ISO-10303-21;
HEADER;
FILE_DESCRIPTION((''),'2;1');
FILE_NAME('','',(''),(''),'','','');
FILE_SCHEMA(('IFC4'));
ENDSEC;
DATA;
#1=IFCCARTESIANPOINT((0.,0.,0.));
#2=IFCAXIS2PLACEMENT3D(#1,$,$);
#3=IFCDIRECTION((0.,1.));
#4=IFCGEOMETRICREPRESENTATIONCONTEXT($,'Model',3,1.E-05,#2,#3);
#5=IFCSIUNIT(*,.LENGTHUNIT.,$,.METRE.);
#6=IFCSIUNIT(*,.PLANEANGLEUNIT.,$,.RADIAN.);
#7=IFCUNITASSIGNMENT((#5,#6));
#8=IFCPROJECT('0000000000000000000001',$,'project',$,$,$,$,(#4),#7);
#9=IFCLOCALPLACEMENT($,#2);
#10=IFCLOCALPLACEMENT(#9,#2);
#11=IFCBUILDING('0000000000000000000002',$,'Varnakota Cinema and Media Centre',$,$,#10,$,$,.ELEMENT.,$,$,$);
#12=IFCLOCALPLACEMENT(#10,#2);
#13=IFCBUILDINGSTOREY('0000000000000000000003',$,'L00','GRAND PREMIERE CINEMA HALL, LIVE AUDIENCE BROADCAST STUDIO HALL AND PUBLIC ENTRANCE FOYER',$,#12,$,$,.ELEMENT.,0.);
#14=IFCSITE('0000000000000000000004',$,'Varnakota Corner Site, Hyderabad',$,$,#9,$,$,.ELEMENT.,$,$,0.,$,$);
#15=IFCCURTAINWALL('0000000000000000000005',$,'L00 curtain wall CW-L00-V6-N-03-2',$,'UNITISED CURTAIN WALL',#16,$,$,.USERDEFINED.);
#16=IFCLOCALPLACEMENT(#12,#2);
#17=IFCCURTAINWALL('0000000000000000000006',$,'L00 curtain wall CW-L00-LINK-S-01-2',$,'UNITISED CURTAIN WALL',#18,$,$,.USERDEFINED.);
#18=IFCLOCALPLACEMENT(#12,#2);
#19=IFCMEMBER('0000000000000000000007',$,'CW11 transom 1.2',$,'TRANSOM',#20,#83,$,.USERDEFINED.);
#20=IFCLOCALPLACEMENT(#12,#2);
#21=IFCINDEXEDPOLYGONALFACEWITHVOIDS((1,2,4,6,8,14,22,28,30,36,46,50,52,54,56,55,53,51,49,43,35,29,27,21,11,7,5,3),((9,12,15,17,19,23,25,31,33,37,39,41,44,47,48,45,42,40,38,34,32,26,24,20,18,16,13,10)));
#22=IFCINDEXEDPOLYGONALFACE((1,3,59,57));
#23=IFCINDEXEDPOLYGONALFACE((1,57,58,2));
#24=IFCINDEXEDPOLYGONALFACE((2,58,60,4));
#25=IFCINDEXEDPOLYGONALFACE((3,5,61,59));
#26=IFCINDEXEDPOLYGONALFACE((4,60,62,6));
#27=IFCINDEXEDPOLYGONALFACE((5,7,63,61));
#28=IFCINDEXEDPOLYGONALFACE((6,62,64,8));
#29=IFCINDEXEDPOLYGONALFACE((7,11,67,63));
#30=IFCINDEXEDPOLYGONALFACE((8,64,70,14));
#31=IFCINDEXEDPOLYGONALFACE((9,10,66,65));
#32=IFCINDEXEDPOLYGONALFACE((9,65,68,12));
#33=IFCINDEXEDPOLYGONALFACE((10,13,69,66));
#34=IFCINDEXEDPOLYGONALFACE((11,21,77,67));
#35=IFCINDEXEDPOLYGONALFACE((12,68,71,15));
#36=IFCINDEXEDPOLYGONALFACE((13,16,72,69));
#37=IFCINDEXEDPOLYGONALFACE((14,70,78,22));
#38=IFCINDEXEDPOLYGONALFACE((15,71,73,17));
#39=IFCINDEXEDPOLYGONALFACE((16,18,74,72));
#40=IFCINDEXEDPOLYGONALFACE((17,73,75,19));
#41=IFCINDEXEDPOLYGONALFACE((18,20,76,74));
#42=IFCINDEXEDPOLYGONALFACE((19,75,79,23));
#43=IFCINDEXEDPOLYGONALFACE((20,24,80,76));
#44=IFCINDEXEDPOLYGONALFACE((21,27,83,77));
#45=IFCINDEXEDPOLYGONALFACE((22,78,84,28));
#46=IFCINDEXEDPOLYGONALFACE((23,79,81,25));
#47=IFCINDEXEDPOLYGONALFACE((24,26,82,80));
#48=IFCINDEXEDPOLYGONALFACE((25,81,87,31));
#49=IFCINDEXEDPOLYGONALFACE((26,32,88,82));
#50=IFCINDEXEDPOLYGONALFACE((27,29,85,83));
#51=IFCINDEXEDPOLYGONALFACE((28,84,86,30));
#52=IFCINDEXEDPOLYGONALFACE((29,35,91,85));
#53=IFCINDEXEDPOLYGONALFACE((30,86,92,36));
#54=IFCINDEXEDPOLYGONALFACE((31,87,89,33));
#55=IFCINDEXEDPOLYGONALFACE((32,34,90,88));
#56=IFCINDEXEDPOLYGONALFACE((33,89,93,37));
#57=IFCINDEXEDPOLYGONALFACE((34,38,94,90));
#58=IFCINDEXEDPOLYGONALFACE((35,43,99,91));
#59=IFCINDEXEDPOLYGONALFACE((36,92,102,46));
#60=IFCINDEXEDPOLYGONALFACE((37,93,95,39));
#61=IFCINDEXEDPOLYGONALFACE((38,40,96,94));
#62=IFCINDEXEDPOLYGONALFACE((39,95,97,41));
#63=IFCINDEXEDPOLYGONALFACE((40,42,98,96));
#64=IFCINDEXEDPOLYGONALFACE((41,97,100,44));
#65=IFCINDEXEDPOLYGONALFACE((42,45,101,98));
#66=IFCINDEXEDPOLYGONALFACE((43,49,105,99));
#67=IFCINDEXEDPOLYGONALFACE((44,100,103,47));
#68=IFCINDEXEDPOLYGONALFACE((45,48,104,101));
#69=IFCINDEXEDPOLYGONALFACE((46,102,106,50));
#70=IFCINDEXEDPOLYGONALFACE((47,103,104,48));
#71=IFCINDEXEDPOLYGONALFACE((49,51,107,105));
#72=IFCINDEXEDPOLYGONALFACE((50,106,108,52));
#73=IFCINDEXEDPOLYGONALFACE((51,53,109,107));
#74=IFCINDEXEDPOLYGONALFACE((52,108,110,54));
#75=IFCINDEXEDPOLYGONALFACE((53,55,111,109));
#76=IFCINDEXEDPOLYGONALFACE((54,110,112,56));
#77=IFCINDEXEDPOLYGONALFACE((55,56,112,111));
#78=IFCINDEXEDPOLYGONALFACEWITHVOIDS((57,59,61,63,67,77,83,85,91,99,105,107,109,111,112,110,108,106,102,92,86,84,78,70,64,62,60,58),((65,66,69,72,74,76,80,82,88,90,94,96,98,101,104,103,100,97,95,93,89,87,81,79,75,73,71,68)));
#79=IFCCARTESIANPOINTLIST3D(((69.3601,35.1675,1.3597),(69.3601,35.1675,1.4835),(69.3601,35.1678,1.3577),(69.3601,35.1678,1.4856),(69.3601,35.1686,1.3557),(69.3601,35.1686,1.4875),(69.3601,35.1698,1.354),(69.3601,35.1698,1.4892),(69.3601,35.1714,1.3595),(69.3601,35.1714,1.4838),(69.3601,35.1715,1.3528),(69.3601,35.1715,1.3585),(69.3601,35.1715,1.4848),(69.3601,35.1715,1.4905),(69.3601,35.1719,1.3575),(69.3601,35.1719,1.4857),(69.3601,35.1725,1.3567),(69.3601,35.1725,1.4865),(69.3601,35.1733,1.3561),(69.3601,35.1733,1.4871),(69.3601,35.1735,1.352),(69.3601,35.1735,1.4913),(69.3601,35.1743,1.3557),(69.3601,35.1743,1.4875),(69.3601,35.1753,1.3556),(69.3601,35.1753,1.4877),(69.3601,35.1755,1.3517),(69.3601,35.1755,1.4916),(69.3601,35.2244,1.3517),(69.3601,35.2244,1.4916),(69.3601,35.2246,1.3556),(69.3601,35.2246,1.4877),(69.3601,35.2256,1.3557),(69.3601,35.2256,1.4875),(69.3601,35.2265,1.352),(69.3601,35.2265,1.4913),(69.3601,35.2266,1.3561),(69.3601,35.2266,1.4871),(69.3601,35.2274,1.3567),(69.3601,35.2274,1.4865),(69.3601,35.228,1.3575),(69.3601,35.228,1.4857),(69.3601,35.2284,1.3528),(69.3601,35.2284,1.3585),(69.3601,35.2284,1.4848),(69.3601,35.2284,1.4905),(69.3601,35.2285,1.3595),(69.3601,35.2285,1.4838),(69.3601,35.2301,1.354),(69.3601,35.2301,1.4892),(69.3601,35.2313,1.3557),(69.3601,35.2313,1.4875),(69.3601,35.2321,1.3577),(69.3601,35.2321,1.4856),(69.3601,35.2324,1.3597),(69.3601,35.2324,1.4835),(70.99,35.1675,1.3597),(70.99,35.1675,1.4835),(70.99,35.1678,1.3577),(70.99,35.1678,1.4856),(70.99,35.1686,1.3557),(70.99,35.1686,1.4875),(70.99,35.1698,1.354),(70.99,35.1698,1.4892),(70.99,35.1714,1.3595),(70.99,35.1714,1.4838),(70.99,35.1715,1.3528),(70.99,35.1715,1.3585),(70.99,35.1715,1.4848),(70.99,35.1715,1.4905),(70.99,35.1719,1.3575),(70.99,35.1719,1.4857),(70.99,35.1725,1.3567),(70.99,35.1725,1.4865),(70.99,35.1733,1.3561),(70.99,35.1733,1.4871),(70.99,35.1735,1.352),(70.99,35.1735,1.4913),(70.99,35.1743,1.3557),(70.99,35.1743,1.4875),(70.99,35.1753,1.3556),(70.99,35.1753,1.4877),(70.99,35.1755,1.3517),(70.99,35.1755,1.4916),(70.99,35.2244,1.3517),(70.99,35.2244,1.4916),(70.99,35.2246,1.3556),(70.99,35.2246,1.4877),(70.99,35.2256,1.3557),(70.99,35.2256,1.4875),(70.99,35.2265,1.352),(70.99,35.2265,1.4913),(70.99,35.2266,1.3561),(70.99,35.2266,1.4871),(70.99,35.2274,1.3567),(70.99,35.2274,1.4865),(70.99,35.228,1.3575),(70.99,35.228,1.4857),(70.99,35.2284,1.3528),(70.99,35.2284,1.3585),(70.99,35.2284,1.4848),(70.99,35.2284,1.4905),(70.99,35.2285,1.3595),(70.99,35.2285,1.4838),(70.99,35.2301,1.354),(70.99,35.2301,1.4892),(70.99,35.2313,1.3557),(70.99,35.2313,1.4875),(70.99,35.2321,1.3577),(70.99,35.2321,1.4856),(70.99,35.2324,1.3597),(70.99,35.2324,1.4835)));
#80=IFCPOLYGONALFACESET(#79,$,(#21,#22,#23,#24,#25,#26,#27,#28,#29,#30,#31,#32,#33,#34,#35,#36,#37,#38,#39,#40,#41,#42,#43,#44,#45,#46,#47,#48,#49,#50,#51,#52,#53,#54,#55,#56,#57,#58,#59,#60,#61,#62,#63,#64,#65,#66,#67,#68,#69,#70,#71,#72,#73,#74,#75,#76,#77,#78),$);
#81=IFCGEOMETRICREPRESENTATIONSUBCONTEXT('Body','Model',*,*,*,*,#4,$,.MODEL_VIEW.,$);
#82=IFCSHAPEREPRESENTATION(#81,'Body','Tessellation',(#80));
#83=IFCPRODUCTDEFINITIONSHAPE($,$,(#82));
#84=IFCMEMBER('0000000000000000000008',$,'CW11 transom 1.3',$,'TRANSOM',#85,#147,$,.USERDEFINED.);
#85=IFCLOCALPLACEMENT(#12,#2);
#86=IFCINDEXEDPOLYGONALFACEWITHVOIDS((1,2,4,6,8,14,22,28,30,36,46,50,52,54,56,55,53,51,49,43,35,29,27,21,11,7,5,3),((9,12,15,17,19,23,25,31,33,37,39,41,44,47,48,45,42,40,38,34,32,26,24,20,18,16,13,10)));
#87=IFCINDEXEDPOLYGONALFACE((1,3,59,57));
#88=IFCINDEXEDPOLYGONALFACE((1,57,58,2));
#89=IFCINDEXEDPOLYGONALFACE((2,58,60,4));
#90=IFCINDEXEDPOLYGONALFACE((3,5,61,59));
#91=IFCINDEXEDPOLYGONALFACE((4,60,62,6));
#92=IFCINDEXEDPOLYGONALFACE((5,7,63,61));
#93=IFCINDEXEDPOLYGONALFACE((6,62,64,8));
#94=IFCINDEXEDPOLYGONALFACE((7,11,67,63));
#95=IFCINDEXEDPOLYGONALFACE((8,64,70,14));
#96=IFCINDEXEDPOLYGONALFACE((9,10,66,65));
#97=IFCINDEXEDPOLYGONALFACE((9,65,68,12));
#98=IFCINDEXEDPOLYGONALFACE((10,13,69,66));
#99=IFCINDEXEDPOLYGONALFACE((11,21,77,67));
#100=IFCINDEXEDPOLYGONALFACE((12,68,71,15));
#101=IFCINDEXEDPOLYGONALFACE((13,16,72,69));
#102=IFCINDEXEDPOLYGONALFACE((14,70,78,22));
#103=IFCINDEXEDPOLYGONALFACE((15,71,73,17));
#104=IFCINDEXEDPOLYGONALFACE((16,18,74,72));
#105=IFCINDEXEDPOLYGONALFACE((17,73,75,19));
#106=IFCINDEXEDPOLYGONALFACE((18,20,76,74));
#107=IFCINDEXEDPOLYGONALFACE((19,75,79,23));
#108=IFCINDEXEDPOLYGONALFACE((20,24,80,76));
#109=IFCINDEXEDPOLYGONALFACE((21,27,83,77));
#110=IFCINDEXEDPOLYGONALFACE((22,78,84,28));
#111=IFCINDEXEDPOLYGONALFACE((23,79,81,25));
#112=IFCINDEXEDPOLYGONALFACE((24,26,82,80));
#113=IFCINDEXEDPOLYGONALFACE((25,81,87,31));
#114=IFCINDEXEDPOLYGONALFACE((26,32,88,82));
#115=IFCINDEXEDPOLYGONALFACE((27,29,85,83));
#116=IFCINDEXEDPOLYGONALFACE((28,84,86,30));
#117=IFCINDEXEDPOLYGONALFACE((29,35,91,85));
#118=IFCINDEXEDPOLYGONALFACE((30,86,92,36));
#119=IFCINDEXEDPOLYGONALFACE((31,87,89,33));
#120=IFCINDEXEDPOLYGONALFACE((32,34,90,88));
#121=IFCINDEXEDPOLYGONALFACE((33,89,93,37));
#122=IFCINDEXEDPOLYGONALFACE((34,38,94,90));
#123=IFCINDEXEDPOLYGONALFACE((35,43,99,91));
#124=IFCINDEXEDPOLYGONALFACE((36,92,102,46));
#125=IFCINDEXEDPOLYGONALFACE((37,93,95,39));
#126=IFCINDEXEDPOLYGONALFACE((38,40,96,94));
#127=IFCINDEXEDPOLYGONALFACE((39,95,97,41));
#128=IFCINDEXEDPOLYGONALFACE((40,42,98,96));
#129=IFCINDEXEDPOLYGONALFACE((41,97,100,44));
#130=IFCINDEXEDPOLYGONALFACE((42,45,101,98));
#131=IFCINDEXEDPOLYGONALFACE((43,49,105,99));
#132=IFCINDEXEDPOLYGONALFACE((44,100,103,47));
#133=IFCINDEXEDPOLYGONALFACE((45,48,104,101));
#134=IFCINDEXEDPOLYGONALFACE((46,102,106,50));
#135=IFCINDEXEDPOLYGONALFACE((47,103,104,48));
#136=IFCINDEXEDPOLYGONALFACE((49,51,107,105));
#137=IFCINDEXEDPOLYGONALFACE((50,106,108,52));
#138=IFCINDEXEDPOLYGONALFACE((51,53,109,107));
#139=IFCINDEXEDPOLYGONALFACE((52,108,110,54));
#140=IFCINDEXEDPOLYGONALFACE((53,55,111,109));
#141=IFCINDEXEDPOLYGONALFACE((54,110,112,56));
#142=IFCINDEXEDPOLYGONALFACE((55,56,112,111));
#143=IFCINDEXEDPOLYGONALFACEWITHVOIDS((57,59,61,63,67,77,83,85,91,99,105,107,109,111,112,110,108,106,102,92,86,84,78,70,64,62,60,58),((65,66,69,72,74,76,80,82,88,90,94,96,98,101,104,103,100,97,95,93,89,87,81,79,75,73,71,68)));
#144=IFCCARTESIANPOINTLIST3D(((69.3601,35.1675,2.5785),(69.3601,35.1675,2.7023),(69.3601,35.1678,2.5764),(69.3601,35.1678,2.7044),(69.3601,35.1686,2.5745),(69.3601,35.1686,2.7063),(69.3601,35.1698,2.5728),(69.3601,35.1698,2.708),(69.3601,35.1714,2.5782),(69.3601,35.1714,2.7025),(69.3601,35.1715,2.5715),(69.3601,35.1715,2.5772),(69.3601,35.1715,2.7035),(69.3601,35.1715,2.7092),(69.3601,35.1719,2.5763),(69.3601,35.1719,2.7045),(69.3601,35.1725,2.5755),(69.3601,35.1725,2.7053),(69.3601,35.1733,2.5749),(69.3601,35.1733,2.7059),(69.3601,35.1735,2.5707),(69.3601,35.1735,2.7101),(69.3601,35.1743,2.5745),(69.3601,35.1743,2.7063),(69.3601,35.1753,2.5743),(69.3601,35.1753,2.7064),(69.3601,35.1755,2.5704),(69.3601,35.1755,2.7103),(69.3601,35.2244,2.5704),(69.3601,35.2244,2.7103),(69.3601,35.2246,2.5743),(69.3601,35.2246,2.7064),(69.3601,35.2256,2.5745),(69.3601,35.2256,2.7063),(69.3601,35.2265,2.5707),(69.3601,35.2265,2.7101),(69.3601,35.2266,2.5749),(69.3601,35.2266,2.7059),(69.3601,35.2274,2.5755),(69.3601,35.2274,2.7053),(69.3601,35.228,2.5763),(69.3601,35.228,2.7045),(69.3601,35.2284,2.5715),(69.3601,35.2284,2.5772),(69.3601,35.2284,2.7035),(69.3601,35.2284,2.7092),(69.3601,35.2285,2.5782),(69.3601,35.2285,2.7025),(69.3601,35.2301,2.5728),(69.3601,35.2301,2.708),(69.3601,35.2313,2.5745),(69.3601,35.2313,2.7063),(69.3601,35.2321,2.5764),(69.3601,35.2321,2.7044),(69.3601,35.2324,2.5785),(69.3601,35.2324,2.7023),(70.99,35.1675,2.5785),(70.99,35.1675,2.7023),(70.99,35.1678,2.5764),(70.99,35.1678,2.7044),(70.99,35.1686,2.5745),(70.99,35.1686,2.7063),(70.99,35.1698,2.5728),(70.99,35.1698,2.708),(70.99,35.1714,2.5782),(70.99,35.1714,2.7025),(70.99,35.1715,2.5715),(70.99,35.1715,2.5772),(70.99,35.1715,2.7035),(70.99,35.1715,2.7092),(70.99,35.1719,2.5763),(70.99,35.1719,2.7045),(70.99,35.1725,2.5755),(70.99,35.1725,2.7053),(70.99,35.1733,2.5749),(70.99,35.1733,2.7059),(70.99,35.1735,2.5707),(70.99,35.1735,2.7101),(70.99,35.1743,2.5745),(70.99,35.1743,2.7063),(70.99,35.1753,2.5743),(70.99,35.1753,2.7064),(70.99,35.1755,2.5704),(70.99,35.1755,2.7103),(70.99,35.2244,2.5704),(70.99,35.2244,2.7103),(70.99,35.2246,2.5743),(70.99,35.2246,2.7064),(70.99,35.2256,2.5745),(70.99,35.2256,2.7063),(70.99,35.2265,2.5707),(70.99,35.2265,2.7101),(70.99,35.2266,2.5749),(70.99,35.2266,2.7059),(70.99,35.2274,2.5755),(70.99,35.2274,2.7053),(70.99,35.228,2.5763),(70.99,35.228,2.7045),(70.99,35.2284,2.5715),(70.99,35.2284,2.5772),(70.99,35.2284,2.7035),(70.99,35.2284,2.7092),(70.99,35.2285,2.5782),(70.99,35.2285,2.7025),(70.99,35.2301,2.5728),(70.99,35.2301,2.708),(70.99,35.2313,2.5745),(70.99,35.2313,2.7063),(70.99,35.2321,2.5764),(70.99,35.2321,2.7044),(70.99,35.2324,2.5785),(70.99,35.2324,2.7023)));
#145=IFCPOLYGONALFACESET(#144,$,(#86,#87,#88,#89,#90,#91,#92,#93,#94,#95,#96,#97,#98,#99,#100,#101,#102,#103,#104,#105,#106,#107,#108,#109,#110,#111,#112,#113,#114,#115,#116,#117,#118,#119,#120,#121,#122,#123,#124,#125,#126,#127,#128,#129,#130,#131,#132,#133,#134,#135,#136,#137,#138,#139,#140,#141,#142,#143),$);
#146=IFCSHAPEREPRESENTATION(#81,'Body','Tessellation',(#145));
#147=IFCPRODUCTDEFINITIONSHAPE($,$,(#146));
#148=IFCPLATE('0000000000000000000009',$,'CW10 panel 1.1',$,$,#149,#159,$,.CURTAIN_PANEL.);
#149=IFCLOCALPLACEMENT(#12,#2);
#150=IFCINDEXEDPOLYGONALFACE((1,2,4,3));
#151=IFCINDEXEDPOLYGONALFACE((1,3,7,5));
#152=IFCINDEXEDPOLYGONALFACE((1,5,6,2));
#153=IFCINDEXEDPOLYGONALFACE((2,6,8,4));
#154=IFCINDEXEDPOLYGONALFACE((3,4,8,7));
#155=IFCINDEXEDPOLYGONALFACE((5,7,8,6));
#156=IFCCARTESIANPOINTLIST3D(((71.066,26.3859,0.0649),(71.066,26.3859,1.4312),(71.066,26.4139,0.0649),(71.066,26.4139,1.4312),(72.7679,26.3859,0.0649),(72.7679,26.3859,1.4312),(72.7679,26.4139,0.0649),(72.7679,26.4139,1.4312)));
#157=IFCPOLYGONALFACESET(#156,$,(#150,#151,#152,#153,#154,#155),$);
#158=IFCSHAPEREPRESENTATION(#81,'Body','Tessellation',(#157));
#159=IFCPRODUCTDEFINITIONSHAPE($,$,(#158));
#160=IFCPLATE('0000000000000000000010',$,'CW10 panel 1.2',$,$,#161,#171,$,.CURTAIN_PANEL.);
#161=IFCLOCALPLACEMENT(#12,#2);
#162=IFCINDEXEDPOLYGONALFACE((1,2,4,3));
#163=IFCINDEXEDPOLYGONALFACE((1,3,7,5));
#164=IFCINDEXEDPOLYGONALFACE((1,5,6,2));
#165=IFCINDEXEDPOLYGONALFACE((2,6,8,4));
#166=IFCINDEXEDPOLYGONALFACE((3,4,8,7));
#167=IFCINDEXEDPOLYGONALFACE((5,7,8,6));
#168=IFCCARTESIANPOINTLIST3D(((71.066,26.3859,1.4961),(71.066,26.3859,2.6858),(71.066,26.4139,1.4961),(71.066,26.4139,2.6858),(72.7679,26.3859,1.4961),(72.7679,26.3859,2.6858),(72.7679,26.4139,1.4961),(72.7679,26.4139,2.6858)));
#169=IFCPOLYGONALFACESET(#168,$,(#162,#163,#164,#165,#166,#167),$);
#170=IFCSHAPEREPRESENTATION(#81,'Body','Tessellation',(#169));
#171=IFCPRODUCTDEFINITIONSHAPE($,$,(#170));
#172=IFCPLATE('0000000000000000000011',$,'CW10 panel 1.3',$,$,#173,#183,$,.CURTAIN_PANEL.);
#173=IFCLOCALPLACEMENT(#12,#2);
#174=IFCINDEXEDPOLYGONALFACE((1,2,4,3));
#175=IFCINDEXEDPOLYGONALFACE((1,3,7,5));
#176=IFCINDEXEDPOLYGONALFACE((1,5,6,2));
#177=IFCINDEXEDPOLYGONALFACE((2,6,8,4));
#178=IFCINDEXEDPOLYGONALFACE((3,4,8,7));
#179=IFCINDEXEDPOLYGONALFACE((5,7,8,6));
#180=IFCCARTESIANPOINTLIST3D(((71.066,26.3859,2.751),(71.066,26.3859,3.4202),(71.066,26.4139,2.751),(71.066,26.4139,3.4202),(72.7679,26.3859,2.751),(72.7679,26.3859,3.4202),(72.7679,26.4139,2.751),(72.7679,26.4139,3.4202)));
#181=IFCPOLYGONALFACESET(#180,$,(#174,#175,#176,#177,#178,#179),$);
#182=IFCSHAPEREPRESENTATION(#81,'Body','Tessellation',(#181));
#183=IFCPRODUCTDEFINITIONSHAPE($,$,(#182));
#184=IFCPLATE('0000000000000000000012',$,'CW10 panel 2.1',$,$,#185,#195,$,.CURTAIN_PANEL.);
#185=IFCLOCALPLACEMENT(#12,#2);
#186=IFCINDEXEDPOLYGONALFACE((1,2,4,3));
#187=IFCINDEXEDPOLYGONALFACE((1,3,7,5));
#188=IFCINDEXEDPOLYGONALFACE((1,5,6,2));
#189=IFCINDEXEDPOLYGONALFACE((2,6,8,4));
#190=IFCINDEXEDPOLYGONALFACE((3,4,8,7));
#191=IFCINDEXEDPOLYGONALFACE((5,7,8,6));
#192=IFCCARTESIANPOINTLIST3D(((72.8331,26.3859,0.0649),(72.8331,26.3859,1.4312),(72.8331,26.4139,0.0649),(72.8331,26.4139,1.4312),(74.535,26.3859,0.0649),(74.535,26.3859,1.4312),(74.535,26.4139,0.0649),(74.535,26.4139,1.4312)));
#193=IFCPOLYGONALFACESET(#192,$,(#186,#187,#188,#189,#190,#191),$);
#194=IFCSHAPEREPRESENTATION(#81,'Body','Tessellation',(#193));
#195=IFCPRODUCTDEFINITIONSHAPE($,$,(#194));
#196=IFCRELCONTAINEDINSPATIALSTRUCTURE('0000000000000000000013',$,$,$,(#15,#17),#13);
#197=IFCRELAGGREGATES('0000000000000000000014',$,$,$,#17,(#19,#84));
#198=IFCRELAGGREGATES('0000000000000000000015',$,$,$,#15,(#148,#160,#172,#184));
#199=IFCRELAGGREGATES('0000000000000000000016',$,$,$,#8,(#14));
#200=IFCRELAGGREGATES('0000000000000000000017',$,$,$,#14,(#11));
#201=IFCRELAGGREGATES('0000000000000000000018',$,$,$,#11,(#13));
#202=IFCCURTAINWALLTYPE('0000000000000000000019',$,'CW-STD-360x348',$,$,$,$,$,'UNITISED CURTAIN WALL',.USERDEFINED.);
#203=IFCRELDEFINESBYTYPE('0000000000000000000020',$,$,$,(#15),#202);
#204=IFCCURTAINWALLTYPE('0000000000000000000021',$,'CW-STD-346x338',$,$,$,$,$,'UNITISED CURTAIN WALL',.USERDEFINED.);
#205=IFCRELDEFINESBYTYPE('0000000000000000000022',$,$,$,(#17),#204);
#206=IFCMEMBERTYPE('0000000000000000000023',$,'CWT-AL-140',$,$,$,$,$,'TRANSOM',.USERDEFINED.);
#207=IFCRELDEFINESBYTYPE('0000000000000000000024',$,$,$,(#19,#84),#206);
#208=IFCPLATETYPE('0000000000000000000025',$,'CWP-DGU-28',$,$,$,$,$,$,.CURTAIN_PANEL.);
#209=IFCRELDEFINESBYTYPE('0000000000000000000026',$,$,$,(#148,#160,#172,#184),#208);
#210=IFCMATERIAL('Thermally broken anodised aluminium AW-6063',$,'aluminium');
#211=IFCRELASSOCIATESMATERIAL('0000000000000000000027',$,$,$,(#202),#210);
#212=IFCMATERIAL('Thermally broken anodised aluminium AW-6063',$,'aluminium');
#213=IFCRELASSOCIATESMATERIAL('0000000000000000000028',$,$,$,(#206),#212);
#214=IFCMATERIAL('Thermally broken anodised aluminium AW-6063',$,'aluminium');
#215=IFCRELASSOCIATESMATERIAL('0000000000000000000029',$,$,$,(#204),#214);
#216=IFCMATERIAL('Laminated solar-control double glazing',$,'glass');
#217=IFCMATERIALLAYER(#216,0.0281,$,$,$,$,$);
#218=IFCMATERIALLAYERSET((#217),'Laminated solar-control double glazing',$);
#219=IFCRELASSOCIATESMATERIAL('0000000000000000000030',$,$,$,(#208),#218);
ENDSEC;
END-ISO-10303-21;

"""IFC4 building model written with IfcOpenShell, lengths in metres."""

from ifc_helpers import new_model, si_unit, direction, frame, origin, origin_2d, place, context, subcontext, project, spatial, rectangle, hollow_rectangle, extrude, material, layer, layer_set, material_profile, profile_set, type_object, element, aggregate, save


model = new_model("IFC4")

# Units and contexts
model_context = context("Model", 3, precision=1e-05, world=origin(), true_north=direction((0.0, 1.0)))
body_context = subcontext(model_context, "Body", "Model", "MODEL_VIEW")
ifc_project = project(units=[si_unit("LENGTHUNIT", "METRE"), si_unit("PLANEANGLEUNIT", "RADIAN")], contexts=[model_context])

# Site, building, storey
site_placement = place(None, origin())
site = spatial("IfcSite", under=ifc_project, at=site_placement, Name="Varnakota Corner Site, Hyderabad", CompositionType="ELEMENT", RefElevation=0.0)
building_placement = place(site_placement, origin())
building = spatial("IfcBuilding", under=site, at=building_placement, Name="Varnakota Cinema and Media Centre", CompositionType="ELEMENT")
storey_placement = place(building_placement, origin())
storey = spatial("IfcBuildingStorey", under=building, at=storey_placement, Name="L00", Description="GRAND PREMIERE CINEMA HALL, LIVE AUDIENCE BROADCAST STUDIO HALL AND PUBLIC ENTRANCE FOYER", CompositionType="ELEMENT", Elevation=0.0)

# Curtain walls, members
ifc_material_1 = material(Name="Thermally broken anodised aluminium AW-6063", Category="aluminium")
curtain_wall_type_1 = type_object("IfcCurtainWallType", Name="CW-STD-360x348", ElementType="UNITISED CURTAIN WALL", PredefinedType="USERDEFINED", material=ifc_material_1)
curtain_wall_1_placement = place(storey_placement, origin())
curtain_wall_1 = element("IfcCurtainWall", 1, at=curtain_wall_1_placement, inside=storey, type_object=curtain_wall_type_1, Name="L00 curtain wall CW-L00-V6-N-03-2", ObjectType="UNITISED CURTAIN WALL", PredefinedType="USERDEFINED")
ifc_material_2 = material(Name="Thermally broken anodised aluminium AW-6063", Category="aluminium")
ifc_material_profile_1 = material_profile(ifc_material_2, hollow_rectangle(XDim=0.0649, YDim=0.1399, WallThickness=0.0039, InnerFilletRadius=0.0039, OuterFilletRadius=0.0081, at=origin_2d()), Name="AL-TRANSOM 140x65x4")
ifc_profile_set_1 = profile_set([ifc_material_profile_1], Name="Thermally broken anodised aluminium AW-6063")
member_type_1 = type_object("IfcMemberType", Name="CWT-AL-140", ElementType="TRANSOM", PredefinedType="USERDEFINED", material=ifc_profile_set_1)
ifc_material_3 = material(Name="Thermally broken anodised aluminium AW-6063", Category="aluminium")
curtain_wall_type_2 = type_object("IfcCurtainWallType", Name="CW-STD-346x338", ElementType="UNITISED CURTAIN WALL", PredefinedType="USERDEFINED", material=ifc_material_3)
curtain_wall_2_placement = place(storey_placement, origin())
curtain_wall_2 = element("IfcCurtainWall", 2, at=curtain_wall_2_placement, inside=storey, type_object=curtain_wall_type_2, Name="L00 curtain wall CW-L00-LINK-S-01-2", ObjectType="UNITISED CURTAIN WALL", PredefinedType="USERDEFINED")
member_1_placement = place(storey_placement, frame((70.99, 35.2, 1.4216), z_axis=(-1.0, 0.0, 0.0), x_axis=(0.0, -1.0, 0.0)))
member_1 = element("IfcMember", 3, at=member_1_placement, type_object=member_type_1, Name="CW11 transom 1.2", ObjectType="TRANSOM", PredefinedType="USERDEFINED", context=body_context, shape_type="SweptSolid", body=[
    extrude(hollow_rectangle(XDim=0.0649, YDim=0.1399, WallThickness=0.0039, InnerFilletRadius=0.0039, OuterFilletRadius=0.0081, at=origin_2d()), origin(), (0.0, 0.0, 1.0), 1.6299),
])
member_2_placement = place(storey_placement, frame((70.99, 35.2, 2.6404), z_axis=(-1.0, 0.0, 0.0), x_axis=(0.0, -1.0, 0.0)))
member_2 = element("IfcMember", 4, at=member_2_placement, type_object=member_type_1, Name="CW11 transom 1.3", ObjectType="TRANSOM", PredefinedType="USERDEFINED", context=body_context, shape_type="SweptSolid", body=[
    extrude(hollow_rectangle(XDim=0.0649, YDim=0.1399, WallThickness=0.0039, InnerFilletRadius=0.0039, OuterFilletRadius=0.0081, at=origin_2d()), origin(), (0.0, 0.0, 1.0), 1.6299),
])
aggregate(curtain_wall_2, [member_1, member_2])

# Plates
ifc_material_4 = material(Name="Laminated solar-control double glazing", Category="glass")
ifc_layer_1 = layer(ifc_material_4, 0.0281)
ifc_layer_set_1 = layer_set([ifc_layer_1], Name="Laminated solar-control double glazing")
plate_type = type_object("IfcPlateType", Name="CWP-DGU-28", PredefinedType="CURTAIN_PANEL", material=ifc_layer_set_1)
plate_1_placement = place(storey_placement, frame((71.917, 26.3999, 0.0649), z_axis=(0.0, 0.0, 1.0), x_axis=(1.0, 0.0, 0.0)))
plate_1 = element("IfcPlate", 5, at=plate_1_placement, type_object=plate_type, Name="CW10 panel 1.1", PredefinedType="CURTAIN_PANEL", context=body_context, shape_type="SweptSolid", body=[
    extrude(rectangle(XDim=1.7019, YDim=0.0281, at=origin_2d()), origin(), (0.0, 0.0, 1.0), 1.3662),
])
plate_2_placement = place(storey_placement, frame((71.917, 26.3999, 1.4961), z_axis=(0.0, 0.0, 1.0), x_axis=(1.0, 0.0, 0.0)))
plate_2 = element("IfcPlate", 6, at=plate_2_placement, type_object=plate_type, Name="CW10 panel 1.2", PredefinedType="CURTAIN_PANEL", context=body_context, shape_type="SweptSolid", body=[
    extrude(rectangle(XDim=1.7019, YDim=0.0281, at=origin_2d()), origin(), (0.0, 0.0, 1.0), 1.1897),
])
plate_3_placement = place(storey_placement, frame((71.917, 26.3999, 2.751), z_axis=(0.0, 0.0, 1.0), x_axis=(1.0, 0.0, 0.0)))
plate_3 = element("IfcPlate", 7, at=plate_3_placement, type_object=plate_type, Name="CW10 panel 1.3", PredefinedType="CURTAIN_PANEL", context=body_context, shape_type="SweptSolid", body=[
    extrude(rectangle(XDim=1.7019, YDim=0.0281, at=origin_2d()), origin(), (0.0, 0.0, 1.0), 0.6692),
])
plate_4_placement = place(storey_placement, frame((73.6841, 26.3999, 0.0649), z_axis=(0.0, 0.0, 1.0), x_axis=(1.0, 0.0, 0.0)))
plate_4 = element("IfcPlate", 8, at=plate_4_placement, type_object=plate_type, Name="CW10 panel 2.1", PredefinedType="CURTAIN_PANEL", context=body_context, shape_type="SweptSolid", body=[
    extrude(rectangle(XDim=1.7019, YDim=0.0281, at=origin_2d()), origin(), (0.0, 0.0, 1.0), 1.3662),
])
aggregate(curtain_wall_1, [plate_1, plate_2, plate_3, plate_4])

save(model, "model.ifc")
